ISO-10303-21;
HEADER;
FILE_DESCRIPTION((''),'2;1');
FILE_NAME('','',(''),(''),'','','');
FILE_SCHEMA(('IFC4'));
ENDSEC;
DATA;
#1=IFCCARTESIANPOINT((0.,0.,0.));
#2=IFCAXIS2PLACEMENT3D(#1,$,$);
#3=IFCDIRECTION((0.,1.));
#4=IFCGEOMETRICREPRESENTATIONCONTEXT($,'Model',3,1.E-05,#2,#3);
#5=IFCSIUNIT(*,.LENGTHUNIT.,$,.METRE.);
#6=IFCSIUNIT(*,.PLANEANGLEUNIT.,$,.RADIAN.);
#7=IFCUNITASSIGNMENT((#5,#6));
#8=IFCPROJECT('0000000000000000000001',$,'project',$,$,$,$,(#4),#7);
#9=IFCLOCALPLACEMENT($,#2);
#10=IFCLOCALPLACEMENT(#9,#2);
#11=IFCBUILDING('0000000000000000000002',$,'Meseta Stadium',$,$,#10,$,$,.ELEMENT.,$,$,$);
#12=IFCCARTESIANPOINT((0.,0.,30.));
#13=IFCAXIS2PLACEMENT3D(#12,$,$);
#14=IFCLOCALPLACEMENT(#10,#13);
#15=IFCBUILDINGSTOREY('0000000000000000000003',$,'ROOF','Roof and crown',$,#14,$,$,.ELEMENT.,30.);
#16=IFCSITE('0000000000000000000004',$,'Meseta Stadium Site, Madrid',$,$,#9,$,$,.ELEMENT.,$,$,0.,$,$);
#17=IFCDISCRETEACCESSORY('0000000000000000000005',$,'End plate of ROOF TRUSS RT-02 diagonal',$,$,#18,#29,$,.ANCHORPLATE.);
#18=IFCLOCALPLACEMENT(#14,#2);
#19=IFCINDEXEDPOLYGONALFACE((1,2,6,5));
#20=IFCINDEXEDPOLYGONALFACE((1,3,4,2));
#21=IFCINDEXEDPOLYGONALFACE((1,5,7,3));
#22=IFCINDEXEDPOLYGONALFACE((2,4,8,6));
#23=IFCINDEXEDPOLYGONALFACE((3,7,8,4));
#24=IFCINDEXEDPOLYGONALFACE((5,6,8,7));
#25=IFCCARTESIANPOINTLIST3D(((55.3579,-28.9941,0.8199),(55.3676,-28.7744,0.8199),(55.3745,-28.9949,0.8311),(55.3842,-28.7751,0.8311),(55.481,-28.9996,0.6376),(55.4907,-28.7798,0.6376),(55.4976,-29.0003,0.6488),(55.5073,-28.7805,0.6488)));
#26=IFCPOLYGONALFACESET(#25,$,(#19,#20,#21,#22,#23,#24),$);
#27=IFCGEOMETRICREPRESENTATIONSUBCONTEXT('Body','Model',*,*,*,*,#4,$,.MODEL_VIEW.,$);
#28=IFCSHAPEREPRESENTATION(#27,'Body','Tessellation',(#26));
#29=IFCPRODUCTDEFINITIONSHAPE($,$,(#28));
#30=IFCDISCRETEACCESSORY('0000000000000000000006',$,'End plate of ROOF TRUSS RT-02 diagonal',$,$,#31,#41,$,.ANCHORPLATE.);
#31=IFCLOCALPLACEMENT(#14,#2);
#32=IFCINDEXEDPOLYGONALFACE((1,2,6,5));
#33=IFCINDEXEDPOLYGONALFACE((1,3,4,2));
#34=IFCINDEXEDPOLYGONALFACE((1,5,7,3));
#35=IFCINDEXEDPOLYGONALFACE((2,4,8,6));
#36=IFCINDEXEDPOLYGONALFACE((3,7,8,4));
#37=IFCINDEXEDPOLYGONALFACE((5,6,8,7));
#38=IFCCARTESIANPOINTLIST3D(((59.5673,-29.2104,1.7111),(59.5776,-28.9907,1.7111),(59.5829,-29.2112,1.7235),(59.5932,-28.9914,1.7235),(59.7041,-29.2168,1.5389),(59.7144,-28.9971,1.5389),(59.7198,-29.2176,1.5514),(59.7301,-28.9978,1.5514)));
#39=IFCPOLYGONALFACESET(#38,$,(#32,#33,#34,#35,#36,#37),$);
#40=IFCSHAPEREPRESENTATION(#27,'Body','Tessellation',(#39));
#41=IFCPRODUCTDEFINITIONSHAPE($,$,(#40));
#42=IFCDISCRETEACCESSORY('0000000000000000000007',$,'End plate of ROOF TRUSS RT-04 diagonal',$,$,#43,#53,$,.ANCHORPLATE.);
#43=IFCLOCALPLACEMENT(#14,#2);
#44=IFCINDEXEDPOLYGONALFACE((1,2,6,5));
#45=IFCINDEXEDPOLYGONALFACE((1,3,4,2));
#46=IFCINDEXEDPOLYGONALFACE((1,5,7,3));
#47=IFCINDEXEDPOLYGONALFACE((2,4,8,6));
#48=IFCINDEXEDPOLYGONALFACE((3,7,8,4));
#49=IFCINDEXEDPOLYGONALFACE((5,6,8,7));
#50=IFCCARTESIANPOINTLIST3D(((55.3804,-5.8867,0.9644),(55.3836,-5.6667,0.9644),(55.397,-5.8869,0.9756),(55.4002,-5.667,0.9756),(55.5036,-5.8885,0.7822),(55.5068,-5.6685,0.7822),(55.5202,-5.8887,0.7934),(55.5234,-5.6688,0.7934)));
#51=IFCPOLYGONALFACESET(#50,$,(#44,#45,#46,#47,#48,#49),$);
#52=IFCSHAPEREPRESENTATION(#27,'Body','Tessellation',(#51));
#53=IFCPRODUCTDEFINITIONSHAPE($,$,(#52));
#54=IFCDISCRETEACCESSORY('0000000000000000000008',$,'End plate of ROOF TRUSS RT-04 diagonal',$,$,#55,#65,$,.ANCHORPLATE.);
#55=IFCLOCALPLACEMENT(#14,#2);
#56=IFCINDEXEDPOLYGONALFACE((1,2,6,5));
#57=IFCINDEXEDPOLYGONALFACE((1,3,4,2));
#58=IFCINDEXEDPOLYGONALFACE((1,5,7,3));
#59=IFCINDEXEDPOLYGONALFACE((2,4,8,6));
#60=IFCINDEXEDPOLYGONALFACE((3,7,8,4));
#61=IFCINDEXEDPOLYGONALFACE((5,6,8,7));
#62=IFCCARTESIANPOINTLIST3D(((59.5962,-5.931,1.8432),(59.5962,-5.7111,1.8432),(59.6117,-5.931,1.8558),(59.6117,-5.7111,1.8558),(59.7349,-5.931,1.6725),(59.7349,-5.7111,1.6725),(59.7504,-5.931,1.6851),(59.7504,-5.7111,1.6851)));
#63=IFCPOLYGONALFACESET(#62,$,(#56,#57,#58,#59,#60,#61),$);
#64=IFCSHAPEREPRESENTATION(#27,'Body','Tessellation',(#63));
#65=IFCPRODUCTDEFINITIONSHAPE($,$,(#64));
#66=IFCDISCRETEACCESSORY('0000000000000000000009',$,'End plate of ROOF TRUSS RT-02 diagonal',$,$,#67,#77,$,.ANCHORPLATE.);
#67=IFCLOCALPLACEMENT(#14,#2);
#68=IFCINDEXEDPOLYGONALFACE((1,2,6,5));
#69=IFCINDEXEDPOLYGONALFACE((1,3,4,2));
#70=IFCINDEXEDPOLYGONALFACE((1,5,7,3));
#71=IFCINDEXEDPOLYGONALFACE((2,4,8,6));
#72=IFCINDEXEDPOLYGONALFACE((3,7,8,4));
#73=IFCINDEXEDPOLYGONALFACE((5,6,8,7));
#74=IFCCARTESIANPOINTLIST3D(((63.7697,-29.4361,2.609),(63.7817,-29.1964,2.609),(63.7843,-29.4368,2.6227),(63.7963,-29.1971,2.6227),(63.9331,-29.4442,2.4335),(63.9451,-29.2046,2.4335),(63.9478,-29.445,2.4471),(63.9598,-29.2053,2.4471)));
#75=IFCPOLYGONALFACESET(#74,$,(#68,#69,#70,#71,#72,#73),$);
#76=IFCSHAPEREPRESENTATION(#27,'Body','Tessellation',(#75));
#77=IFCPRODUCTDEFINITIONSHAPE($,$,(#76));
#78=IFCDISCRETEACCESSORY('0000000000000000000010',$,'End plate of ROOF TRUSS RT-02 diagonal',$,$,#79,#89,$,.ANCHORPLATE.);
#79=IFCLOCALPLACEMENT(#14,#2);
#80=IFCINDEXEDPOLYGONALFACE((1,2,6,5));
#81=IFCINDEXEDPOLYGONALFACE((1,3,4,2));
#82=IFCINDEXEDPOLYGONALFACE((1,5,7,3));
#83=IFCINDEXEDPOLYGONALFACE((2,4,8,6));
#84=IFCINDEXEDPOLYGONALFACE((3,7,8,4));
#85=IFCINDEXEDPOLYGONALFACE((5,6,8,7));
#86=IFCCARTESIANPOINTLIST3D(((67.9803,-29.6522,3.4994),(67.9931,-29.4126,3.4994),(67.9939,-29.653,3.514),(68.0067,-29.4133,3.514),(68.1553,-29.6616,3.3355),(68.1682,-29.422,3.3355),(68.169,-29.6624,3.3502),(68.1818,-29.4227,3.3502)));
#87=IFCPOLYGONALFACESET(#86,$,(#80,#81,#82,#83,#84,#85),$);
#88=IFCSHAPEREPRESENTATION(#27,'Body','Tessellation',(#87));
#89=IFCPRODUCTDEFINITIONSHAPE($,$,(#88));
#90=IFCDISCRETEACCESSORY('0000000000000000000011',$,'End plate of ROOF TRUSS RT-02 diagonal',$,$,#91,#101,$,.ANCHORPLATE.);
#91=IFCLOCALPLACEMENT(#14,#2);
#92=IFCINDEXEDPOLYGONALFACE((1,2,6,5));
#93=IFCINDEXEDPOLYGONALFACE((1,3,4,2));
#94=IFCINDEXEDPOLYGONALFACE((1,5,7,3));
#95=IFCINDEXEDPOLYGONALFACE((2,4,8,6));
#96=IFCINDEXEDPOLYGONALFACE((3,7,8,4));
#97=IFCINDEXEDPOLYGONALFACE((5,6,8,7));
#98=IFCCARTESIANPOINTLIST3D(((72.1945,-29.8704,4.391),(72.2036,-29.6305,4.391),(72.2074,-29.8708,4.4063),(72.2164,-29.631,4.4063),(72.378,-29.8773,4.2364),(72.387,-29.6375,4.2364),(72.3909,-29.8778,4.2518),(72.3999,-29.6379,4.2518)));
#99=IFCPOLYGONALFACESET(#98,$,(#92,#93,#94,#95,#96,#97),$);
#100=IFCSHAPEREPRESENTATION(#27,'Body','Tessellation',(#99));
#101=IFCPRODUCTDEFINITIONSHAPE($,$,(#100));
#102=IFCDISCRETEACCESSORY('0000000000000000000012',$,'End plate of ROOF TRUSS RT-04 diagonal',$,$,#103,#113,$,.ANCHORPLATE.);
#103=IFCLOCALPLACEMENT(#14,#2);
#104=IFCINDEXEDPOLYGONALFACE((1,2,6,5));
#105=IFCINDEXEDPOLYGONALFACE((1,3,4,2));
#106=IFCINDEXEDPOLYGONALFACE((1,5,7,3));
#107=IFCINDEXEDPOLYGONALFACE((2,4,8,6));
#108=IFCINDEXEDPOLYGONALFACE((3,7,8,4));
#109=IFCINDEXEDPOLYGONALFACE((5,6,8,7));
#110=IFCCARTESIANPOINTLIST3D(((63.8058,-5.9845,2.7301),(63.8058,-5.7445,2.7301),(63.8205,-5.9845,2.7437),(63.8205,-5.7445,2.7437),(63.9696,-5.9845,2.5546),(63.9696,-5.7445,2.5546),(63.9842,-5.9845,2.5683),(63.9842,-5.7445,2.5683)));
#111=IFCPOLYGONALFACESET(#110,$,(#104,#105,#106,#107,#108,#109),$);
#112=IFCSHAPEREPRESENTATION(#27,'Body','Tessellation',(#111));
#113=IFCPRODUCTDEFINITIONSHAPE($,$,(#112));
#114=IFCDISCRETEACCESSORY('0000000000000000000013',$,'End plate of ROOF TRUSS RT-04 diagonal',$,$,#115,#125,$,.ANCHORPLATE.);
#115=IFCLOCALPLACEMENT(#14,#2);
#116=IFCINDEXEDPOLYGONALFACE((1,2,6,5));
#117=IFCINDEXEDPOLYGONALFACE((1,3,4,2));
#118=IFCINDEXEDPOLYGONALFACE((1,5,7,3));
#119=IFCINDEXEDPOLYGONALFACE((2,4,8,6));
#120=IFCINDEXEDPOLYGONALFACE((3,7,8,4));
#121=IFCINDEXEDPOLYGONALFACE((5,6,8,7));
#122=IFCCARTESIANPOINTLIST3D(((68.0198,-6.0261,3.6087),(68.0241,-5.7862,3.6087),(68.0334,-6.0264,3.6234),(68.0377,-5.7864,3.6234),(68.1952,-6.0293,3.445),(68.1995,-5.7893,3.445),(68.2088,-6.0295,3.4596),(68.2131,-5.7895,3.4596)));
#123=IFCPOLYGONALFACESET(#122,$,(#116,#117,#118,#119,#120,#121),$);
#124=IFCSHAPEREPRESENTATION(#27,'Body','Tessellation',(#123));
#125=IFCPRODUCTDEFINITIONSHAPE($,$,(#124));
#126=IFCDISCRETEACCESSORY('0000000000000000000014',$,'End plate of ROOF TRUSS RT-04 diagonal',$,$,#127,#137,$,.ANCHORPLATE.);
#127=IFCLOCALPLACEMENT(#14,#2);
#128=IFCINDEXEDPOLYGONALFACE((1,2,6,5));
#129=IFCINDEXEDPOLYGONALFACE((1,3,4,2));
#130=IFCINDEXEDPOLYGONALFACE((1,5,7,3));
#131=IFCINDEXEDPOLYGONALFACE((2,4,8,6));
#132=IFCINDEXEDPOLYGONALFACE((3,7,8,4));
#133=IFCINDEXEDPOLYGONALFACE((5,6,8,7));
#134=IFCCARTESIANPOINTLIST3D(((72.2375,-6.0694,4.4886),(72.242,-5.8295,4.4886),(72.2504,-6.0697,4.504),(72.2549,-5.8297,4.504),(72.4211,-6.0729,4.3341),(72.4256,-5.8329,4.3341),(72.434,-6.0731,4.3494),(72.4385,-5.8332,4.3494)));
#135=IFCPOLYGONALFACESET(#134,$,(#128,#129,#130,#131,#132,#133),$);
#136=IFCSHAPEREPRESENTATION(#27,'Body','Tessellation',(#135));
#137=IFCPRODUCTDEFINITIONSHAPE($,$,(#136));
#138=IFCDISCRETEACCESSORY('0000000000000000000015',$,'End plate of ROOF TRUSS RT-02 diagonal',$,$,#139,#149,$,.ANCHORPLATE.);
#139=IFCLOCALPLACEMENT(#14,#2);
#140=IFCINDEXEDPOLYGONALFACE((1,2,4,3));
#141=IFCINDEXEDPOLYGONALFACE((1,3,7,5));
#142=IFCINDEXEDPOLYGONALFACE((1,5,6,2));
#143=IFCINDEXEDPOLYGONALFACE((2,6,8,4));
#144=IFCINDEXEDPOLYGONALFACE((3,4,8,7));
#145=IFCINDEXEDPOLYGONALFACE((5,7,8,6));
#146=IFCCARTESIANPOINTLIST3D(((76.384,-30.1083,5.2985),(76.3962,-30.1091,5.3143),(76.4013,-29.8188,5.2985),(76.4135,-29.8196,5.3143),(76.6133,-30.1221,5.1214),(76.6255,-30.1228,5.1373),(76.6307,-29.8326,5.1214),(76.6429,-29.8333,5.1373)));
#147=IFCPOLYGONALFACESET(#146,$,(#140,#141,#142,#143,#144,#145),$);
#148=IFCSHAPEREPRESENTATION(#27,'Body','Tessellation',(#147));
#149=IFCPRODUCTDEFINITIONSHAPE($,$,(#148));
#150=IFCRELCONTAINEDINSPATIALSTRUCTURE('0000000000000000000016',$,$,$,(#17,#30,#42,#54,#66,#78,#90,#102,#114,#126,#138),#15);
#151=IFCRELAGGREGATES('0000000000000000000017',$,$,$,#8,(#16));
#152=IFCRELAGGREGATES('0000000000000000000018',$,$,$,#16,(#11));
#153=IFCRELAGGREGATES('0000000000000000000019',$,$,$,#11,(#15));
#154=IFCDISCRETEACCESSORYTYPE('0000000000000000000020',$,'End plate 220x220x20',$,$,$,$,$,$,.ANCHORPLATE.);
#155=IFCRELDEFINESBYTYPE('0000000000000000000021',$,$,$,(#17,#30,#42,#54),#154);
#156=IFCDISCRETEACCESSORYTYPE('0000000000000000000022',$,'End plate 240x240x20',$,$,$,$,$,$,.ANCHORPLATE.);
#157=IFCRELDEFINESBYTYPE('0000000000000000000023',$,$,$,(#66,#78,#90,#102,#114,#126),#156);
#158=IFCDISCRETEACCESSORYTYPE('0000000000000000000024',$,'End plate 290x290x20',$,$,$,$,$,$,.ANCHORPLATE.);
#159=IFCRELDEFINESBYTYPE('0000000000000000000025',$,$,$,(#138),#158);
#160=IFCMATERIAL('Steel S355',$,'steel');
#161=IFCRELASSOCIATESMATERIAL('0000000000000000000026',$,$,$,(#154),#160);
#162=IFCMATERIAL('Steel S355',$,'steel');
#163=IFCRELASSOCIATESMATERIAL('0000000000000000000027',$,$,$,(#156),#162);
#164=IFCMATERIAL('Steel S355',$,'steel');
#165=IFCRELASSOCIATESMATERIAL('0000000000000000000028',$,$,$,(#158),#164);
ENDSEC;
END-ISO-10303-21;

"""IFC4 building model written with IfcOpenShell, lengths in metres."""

from ifc_helpers import new_model, si_unit, direction, frame, origin, origin_2d, place, context, subcontext, project, spatial, rectangle, extrude, material, material_profile, profile_set, type_object, element, save


model = new_model("IFC4")

# Units and contexts
model_context = context("Model", 3, precision=1e-05, world=origin(), true_north=direction((0.0, 1.0)))
body_context = subcontext(model_context, "Body", "Model", "MODEL_VIEW")
ifc_project = project(units=[si_unit("LENGTHUNIT", "METRE"), si_unit("PLANEANGLEUNIT", "RADIAN")], contexts=[model_context])

# Site, building, storey
site_placement = place(None, origin())
site = spatial("IfcSite", under=ifc_project, at=site_placement, Name="Meseta Stadium Site, Madrid", CompositionType="ELEMENT", RefElevation=0.0)
building_placement = place(site_placement, origin())
building = spatial("IfcBuilding", under=site, at=building_placement, Name="Meseta Stadium", CompositionType="ELEMENT")
storey_placement = place(building_placement, frame((0.0, 0.0, 30.0)))
storey = spatial("IfcBuildingStorey", under=building, at=storey_placement, Name="ROOF", Description="Roof and crown", CompositionType="ELEMENT", Elevation=30.0)

# Discrete accessories
ifc_material_1 = material(Name="Steel S355", Category="steel")
ifc_material_profile_1 = material_profile(ifc_material_1, rectangle(XDim=0.22, YDim=0.22, at=origin_2d()), Name="PL 220x220")
ifc_profile_set_1 = profile_set([ifc_material_profile_1], Name="Steel S355")
discrete_accessory_type_1 = type_object("IfcDiscreteAccessoryType", Name="End plate 220x220x20", PredefinedType="ANCHORPLATE", material=ifc_profile_set_1)
for number, where, z_axis, x_axis, name in (
    (1, (55.4243, -28.887, 0.7288), (0.827731, -0.036518, 0.559936), (0.044075, 0.999028, 0.0), "End plate of ROOF TRUSS RT-02 diagonal"),
    (2, (59.6409, -29.1038, 1.625), (0.781535, -0.036634, 0.622785), (0.046824, 0.998903, 0.0), "End plate of ROOF TRUSS RT-02 diagonal"),
    (3, (55.4436, -5.7776, 0.8733), (0.828222, -0.01218, 0.560268), (0.014704, 0.999892, 0.0), "End plate of ROOF TRUSS RT-04 diagonal"),
    (4, (59.6655, -5.821, 1.7578), (0.776114, 0.0, 0.630593), (0.0, 1.0, 0.0), "End plate of ROOF TRUSS RT-04 diagonal"),
):
    element("IfcDiscreteAccessory", number, at=place(storey_placement, frame(where, z_axis=z_axis, x_axis=x_axis)), inside=storey, type_object=discrete_accessory_type_1, Name=name, PredefinedType="ANCHORPLATE", context=body_context, shape_type="SweptSolid", body=[
        extrude(rectangle(XDim=0.22, YDim=0.22, at=origin_2d()), origin(), (0.0, 0.0, 1.0), 0.02),
    ])
ifc_material_2 = material(Name="Steel S355", Category="steel")
ifc_material_profile_2 = material_profile(ifc_material_2, rectangle(XDim=0.24, YDim=0.24, at=origin_2d()), Name="PL 240x240")
ifc_profile_set_2 = profile_set([ifc_material_profile_2], Name="Steel S355")
discrete_accessory_type_2 = type_object("IfcDiscreteAccessoryType", Name="End plate 240x240x20", PredefinedType="ANCHORPLATE", material=ifc_profile_set_2)
for number, where, z_axis, x_axis, name in (
    (5, (63.8574, -29.3203, 2.5212), (0.730567, -0.036528, 0.681863), (0.049938, 0.998752, 0.0), "End plate of ROOF TRUSS RT-02 diagonal"),
    (6, (68.0742, -29.5371, 3.4175), (0.681863, -0.036528, 0.730567), (0.053495, 0.998568, 0.0), "End plate of ROOF TRUSS RT-02 diagonal"),
    (7, (72.2908, -29.7539, 4.3137), (0.643572, -0.024286, 0.765), (0.037709, 0.999289, 0.0), "End plate of ROOF TRUSS RT-02 diagonal"),
    (8, (63.8877, -5.8645, 2.6423), (0.731055, 0.0, 0.682318), (0.0, 1.0, 0.0), "End plate of ROOF TRUSS RT-04 diagonal"),
    (9, (68.1096, -5.9077, 3.5269), (0.682268, -0.012183, 0.731001), (0.017854, 0.999841, 0.0), "End plate of ROOF TRUSS RT-04 diagonal"),
    (10, (72.3315, -5.9512, 4.4114), (0.643714, -0.012146, 0.76517), (0.018865, 0.999822, 0.0), "End plate of ROOF TRUSS RT-04 diagonal"),
):
    element("IfcDiscreteAccessory", number, at=place(storey_placement, frame(where, z_axis=z_axis, x_axis=x_axis)), inside=storey, type_object=discrete_accessory_type_2, Name=name, PredefinedType="ANCHORPLATE", context=body_context, shape_type="SweptSolid", body=[
        extrude(rectangle(XDim=0.24, YDim=0.24, at=origin_2d()), origin(), (0.0, 0.0, 1.0), 0.02),
    ])
ifc_material_3 = material(Name="Steel S355", Category="steel")
ifc_material_profile_3 = material_profile(ifc_material_3, rectangle(XDim=0.29, YDim=0.29, at=origin_2d()), Name="PL 290x290")
ifc_profile_set_3 = profile_set([ifc_material_profile_3], Name="Steel S355")
discrete_accessory_type_3 = type_object("IfcDiscreteAccessoryType", Name="End plate 290x290x20", PredefinedType="ANCHORPLATE", material=ifc_profile_set_3)
discrete_accessory_placement = place(storey_placement, frame((76.5073, -29.9705, 5.21), z_axis=(0.609303, -0.036558, 0.792094), x_axis=(0.059892, 0.998205, 0.0)))
element("IfcDiscreteAccessory", 11, at=discrete_accessory_placement, inside=storey, type_object=discrete_accessory_type_3, Name="End plate of ROOF TRUSS RT-02 diagonal", PredefinedType="ANCHORPLATE", context=body_context, shape_type="SweptSolid", body=[
    extrude(rectangle(XDim=0.29, YDim=0.29, at=origin_2d()), origin(), (0.0, 0.0, 1.0), 0.02),
])

save(model, "model.ifc")
